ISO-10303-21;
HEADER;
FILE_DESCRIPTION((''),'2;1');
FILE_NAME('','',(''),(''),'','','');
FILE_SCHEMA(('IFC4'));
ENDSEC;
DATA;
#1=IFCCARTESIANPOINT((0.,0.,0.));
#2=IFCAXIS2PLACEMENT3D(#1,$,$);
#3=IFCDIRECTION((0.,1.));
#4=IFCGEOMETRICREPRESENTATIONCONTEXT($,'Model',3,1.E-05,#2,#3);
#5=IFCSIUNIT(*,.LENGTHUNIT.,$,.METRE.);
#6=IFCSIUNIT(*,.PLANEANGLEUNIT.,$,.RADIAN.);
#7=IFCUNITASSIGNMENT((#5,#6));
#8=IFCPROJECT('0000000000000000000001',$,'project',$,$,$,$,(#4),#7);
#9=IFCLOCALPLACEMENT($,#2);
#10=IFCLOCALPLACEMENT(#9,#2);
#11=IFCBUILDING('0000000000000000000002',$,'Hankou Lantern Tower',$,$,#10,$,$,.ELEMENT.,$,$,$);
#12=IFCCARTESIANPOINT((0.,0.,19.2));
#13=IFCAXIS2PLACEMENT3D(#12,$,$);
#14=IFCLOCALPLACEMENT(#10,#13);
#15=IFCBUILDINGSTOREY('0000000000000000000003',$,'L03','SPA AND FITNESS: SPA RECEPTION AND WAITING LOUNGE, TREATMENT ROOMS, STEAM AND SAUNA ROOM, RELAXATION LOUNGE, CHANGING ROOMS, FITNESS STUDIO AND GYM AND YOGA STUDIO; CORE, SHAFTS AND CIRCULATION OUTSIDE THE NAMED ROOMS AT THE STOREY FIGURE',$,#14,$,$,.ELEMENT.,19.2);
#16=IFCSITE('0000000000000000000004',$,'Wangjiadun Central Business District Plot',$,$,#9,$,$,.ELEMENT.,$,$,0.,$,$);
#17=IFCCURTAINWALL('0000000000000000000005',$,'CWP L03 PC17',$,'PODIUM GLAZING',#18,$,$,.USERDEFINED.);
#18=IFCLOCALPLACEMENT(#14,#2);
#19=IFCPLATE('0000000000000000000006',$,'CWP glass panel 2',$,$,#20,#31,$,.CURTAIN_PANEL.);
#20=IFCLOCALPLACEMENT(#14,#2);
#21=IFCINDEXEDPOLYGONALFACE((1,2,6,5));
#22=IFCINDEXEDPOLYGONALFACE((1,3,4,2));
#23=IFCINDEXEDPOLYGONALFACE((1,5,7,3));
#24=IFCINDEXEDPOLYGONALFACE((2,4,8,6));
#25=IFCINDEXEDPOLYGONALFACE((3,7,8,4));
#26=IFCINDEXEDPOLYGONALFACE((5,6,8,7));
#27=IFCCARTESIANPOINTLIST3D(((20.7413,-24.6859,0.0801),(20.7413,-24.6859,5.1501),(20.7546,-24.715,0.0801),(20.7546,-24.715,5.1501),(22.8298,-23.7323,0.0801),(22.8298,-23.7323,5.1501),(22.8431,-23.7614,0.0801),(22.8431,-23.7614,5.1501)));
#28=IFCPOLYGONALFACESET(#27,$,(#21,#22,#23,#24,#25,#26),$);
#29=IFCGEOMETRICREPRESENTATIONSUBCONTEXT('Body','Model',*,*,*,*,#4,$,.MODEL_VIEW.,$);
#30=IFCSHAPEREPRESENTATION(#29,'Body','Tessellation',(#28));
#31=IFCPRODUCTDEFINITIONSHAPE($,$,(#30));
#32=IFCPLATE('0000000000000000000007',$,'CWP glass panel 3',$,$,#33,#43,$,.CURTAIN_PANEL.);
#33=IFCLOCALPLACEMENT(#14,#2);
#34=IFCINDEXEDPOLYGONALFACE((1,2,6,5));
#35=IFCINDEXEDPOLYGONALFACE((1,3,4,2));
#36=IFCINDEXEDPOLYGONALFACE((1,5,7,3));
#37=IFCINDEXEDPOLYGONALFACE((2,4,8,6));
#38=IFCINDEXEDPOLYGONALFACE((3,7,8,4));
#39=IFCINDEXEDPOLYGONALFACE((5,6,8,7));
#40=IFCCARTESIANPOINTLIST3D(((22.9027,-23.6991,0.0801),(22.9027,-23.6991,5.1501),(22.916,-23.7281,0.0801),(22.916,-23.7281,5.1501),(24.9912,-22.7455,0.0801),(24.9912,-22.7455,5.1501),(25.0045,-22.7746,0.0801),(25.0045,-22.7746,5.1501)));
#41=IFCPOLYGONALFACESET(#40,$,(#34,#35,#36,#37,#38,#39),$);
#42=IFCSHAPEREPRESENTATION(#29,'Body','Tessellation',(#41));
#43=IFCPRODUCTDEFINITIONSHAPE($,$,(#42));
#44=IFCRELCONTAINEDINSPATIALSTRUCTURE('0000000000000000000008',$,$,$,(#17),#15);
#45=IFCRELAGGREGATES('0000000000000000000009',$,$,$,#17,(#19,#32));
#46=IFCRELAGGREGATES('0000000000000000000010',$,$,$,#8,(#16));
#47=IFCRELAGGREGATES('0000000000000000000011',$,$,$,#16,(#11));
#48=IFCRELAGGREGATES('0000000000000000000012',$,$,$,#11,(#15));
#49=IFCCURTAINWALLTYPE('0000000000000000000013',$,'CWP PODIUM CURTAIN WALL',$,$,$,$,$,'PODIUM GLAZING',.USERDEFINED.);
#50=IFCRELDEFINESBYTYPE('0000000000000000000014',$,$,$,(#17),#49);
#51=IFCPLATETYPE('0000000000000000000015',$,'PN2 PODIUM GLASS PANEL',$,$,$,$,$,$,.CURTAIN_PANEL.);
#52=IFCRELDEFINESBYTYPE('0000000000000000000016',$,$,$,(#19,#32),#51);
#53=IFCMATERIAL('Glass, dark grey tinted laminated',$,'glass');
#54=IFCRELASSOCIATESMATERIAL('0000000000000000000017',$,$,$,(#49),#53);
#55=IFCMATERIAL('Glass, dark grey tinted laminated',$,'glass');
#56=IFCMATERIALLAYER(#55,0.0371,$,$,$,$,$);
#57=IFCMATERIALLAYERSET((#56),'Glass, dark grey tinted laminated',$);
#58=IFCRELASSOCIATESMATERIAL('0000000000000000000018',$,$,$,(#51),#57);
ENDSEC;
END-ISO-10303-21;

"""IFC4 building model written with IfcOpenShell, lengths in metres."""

from ifc_helpers import new_model, si_unit, direction, frame, origin, origin_2d, place, context, subcontext, project, spatial, rectangle, extrude, material, layer, layer_set, type_object, element, aggregate, save


model = new_model("IFC4")

# Units and contexts
model_context = context("Model", 3, precision=1e-05, world=origin(), true_north=direction((0.0, 1.0)))
body_context = subcontext(model_context, "Body", "Model", "MODEL_VIEW")
ifc_project = project(units=[si_unit("LENGTHUNIT", "METRE"), si_unit("PLANEANGLEUNIT", "RADIAN")], contexts=[model_context])

# Site, building, storey
site_placement = place(None, origin())
site = spatial("IfcSite", under=ifc_project, at=site_placement, Name="Wangjiadun Central Business District Plot", CompositionType="ELEMENT", RefElevation=0.0)
building_placement = place(site_placement, origin())
building = spatial("IfcBuilding", under=site, at=building_placement, Name="Hankou Lantern Tower", CompositionType="ELEMENT")
storey_placement = place(building_placement, frame((0.0, 0.0, 19.2)))
storey = spatial("IfcBuildingStorey", under=building, at=storey_placement, Name="L03", Description="SPA AND FITNESS: SPA RECEPTION AND WAITING LOUNGE, TREATMENT ROOMS, STEAM AND SAUNA ROOM, RELAXATION LOUNGE, CHANGING ROOMS, FITNESS STUDIO AND GYM AND YOGA STUDIO; CORE, SHAFTS AND CIRCULATION OUTSIDE THE NAMED ROOMS AT THE STOREY FIGURE", CompositionType="ELEMENT", Elevation=19.2)

# Curtain wall
ifc_material_1 = material(Name="Glass, dark grey tinted laminated", Category="glass")
curtain_wall_type = type_object("IfcCurtainWallType", Name="CWP PODIUM CURTAIN WALL", ElementType="PODIUM GLAZING", PredefinedType="USERDEFINED", material=ifc_material_1)
curtain_wall_1_placement = place(storey_placement, origin())
curtain_wall_1 = element("IfcCurtainWall", 1, at=curtain_wall_1_placement, inside=storey, type_object=curtain_wall_type, Name="CWP L03 PC17", ObjectType="PODIUM GLAZING", PredefinedType="USERDEFINED")

# Plates
ifc_material_2 = material(Name="Glass, dark grey tinted laminated", Category="glass")
ifc_layer = layer(ifc_material_2, 0.0371)
ifc_layer_set = layer_set([ifc_layer], Name="Glass, dark grey tinted laminated")
plate_type = type_object("IfcPlateType", Name="PN2 PODIUM GLASS PANEL", PredefinedType="CURTAIN_PANEL", material=ifc_layer_set)
plate_1_placement = place(storey_placement, frame((21.7922, -24.2236, 0.0801), z_axis=(0.0, 0.0, 1.0), x_axis=(0.90967, 0.415332, 0.0)))
plate_1 = element("IfcPlate", 2, at=plate_1_placement, type_object=plate_type, Name="CWP glass panel 2", PredefinedType="CURTAIN_PANEL", context=body_context, shape_type="SweptSolid", body=[
    extrude(rectangle(XDim=2.2959, YDim=0.032, at=origin_2d()), origin(), (0.0, 0.0, 1.0), 5.0701),
])
plate_2_placement = place(storey_placement, frame((23.9536, -23.2368, 0.0801), z_axis=(0.0, 0.0, 1.0), x_axis=(0.90967, 0.415332, 0.0)))
plate_2 = element("IfcPlate", 3, at=plate_2_placement, type_object=plate_type, Name="CWP glass panel 3", PredefinedType="CURTAIN_PANEL", context=body_context, shape_type="SweptSolid", body=[
    extrude(rectangle(XDim=2.2959, YDim=0.032, at=origin_2d()), origin(), (0.0, 0.0, 1.0), 5.0701),
])
aggregate(curtain_wall_1, [plate_1, plate_2])

save(model, "model.ifc")
